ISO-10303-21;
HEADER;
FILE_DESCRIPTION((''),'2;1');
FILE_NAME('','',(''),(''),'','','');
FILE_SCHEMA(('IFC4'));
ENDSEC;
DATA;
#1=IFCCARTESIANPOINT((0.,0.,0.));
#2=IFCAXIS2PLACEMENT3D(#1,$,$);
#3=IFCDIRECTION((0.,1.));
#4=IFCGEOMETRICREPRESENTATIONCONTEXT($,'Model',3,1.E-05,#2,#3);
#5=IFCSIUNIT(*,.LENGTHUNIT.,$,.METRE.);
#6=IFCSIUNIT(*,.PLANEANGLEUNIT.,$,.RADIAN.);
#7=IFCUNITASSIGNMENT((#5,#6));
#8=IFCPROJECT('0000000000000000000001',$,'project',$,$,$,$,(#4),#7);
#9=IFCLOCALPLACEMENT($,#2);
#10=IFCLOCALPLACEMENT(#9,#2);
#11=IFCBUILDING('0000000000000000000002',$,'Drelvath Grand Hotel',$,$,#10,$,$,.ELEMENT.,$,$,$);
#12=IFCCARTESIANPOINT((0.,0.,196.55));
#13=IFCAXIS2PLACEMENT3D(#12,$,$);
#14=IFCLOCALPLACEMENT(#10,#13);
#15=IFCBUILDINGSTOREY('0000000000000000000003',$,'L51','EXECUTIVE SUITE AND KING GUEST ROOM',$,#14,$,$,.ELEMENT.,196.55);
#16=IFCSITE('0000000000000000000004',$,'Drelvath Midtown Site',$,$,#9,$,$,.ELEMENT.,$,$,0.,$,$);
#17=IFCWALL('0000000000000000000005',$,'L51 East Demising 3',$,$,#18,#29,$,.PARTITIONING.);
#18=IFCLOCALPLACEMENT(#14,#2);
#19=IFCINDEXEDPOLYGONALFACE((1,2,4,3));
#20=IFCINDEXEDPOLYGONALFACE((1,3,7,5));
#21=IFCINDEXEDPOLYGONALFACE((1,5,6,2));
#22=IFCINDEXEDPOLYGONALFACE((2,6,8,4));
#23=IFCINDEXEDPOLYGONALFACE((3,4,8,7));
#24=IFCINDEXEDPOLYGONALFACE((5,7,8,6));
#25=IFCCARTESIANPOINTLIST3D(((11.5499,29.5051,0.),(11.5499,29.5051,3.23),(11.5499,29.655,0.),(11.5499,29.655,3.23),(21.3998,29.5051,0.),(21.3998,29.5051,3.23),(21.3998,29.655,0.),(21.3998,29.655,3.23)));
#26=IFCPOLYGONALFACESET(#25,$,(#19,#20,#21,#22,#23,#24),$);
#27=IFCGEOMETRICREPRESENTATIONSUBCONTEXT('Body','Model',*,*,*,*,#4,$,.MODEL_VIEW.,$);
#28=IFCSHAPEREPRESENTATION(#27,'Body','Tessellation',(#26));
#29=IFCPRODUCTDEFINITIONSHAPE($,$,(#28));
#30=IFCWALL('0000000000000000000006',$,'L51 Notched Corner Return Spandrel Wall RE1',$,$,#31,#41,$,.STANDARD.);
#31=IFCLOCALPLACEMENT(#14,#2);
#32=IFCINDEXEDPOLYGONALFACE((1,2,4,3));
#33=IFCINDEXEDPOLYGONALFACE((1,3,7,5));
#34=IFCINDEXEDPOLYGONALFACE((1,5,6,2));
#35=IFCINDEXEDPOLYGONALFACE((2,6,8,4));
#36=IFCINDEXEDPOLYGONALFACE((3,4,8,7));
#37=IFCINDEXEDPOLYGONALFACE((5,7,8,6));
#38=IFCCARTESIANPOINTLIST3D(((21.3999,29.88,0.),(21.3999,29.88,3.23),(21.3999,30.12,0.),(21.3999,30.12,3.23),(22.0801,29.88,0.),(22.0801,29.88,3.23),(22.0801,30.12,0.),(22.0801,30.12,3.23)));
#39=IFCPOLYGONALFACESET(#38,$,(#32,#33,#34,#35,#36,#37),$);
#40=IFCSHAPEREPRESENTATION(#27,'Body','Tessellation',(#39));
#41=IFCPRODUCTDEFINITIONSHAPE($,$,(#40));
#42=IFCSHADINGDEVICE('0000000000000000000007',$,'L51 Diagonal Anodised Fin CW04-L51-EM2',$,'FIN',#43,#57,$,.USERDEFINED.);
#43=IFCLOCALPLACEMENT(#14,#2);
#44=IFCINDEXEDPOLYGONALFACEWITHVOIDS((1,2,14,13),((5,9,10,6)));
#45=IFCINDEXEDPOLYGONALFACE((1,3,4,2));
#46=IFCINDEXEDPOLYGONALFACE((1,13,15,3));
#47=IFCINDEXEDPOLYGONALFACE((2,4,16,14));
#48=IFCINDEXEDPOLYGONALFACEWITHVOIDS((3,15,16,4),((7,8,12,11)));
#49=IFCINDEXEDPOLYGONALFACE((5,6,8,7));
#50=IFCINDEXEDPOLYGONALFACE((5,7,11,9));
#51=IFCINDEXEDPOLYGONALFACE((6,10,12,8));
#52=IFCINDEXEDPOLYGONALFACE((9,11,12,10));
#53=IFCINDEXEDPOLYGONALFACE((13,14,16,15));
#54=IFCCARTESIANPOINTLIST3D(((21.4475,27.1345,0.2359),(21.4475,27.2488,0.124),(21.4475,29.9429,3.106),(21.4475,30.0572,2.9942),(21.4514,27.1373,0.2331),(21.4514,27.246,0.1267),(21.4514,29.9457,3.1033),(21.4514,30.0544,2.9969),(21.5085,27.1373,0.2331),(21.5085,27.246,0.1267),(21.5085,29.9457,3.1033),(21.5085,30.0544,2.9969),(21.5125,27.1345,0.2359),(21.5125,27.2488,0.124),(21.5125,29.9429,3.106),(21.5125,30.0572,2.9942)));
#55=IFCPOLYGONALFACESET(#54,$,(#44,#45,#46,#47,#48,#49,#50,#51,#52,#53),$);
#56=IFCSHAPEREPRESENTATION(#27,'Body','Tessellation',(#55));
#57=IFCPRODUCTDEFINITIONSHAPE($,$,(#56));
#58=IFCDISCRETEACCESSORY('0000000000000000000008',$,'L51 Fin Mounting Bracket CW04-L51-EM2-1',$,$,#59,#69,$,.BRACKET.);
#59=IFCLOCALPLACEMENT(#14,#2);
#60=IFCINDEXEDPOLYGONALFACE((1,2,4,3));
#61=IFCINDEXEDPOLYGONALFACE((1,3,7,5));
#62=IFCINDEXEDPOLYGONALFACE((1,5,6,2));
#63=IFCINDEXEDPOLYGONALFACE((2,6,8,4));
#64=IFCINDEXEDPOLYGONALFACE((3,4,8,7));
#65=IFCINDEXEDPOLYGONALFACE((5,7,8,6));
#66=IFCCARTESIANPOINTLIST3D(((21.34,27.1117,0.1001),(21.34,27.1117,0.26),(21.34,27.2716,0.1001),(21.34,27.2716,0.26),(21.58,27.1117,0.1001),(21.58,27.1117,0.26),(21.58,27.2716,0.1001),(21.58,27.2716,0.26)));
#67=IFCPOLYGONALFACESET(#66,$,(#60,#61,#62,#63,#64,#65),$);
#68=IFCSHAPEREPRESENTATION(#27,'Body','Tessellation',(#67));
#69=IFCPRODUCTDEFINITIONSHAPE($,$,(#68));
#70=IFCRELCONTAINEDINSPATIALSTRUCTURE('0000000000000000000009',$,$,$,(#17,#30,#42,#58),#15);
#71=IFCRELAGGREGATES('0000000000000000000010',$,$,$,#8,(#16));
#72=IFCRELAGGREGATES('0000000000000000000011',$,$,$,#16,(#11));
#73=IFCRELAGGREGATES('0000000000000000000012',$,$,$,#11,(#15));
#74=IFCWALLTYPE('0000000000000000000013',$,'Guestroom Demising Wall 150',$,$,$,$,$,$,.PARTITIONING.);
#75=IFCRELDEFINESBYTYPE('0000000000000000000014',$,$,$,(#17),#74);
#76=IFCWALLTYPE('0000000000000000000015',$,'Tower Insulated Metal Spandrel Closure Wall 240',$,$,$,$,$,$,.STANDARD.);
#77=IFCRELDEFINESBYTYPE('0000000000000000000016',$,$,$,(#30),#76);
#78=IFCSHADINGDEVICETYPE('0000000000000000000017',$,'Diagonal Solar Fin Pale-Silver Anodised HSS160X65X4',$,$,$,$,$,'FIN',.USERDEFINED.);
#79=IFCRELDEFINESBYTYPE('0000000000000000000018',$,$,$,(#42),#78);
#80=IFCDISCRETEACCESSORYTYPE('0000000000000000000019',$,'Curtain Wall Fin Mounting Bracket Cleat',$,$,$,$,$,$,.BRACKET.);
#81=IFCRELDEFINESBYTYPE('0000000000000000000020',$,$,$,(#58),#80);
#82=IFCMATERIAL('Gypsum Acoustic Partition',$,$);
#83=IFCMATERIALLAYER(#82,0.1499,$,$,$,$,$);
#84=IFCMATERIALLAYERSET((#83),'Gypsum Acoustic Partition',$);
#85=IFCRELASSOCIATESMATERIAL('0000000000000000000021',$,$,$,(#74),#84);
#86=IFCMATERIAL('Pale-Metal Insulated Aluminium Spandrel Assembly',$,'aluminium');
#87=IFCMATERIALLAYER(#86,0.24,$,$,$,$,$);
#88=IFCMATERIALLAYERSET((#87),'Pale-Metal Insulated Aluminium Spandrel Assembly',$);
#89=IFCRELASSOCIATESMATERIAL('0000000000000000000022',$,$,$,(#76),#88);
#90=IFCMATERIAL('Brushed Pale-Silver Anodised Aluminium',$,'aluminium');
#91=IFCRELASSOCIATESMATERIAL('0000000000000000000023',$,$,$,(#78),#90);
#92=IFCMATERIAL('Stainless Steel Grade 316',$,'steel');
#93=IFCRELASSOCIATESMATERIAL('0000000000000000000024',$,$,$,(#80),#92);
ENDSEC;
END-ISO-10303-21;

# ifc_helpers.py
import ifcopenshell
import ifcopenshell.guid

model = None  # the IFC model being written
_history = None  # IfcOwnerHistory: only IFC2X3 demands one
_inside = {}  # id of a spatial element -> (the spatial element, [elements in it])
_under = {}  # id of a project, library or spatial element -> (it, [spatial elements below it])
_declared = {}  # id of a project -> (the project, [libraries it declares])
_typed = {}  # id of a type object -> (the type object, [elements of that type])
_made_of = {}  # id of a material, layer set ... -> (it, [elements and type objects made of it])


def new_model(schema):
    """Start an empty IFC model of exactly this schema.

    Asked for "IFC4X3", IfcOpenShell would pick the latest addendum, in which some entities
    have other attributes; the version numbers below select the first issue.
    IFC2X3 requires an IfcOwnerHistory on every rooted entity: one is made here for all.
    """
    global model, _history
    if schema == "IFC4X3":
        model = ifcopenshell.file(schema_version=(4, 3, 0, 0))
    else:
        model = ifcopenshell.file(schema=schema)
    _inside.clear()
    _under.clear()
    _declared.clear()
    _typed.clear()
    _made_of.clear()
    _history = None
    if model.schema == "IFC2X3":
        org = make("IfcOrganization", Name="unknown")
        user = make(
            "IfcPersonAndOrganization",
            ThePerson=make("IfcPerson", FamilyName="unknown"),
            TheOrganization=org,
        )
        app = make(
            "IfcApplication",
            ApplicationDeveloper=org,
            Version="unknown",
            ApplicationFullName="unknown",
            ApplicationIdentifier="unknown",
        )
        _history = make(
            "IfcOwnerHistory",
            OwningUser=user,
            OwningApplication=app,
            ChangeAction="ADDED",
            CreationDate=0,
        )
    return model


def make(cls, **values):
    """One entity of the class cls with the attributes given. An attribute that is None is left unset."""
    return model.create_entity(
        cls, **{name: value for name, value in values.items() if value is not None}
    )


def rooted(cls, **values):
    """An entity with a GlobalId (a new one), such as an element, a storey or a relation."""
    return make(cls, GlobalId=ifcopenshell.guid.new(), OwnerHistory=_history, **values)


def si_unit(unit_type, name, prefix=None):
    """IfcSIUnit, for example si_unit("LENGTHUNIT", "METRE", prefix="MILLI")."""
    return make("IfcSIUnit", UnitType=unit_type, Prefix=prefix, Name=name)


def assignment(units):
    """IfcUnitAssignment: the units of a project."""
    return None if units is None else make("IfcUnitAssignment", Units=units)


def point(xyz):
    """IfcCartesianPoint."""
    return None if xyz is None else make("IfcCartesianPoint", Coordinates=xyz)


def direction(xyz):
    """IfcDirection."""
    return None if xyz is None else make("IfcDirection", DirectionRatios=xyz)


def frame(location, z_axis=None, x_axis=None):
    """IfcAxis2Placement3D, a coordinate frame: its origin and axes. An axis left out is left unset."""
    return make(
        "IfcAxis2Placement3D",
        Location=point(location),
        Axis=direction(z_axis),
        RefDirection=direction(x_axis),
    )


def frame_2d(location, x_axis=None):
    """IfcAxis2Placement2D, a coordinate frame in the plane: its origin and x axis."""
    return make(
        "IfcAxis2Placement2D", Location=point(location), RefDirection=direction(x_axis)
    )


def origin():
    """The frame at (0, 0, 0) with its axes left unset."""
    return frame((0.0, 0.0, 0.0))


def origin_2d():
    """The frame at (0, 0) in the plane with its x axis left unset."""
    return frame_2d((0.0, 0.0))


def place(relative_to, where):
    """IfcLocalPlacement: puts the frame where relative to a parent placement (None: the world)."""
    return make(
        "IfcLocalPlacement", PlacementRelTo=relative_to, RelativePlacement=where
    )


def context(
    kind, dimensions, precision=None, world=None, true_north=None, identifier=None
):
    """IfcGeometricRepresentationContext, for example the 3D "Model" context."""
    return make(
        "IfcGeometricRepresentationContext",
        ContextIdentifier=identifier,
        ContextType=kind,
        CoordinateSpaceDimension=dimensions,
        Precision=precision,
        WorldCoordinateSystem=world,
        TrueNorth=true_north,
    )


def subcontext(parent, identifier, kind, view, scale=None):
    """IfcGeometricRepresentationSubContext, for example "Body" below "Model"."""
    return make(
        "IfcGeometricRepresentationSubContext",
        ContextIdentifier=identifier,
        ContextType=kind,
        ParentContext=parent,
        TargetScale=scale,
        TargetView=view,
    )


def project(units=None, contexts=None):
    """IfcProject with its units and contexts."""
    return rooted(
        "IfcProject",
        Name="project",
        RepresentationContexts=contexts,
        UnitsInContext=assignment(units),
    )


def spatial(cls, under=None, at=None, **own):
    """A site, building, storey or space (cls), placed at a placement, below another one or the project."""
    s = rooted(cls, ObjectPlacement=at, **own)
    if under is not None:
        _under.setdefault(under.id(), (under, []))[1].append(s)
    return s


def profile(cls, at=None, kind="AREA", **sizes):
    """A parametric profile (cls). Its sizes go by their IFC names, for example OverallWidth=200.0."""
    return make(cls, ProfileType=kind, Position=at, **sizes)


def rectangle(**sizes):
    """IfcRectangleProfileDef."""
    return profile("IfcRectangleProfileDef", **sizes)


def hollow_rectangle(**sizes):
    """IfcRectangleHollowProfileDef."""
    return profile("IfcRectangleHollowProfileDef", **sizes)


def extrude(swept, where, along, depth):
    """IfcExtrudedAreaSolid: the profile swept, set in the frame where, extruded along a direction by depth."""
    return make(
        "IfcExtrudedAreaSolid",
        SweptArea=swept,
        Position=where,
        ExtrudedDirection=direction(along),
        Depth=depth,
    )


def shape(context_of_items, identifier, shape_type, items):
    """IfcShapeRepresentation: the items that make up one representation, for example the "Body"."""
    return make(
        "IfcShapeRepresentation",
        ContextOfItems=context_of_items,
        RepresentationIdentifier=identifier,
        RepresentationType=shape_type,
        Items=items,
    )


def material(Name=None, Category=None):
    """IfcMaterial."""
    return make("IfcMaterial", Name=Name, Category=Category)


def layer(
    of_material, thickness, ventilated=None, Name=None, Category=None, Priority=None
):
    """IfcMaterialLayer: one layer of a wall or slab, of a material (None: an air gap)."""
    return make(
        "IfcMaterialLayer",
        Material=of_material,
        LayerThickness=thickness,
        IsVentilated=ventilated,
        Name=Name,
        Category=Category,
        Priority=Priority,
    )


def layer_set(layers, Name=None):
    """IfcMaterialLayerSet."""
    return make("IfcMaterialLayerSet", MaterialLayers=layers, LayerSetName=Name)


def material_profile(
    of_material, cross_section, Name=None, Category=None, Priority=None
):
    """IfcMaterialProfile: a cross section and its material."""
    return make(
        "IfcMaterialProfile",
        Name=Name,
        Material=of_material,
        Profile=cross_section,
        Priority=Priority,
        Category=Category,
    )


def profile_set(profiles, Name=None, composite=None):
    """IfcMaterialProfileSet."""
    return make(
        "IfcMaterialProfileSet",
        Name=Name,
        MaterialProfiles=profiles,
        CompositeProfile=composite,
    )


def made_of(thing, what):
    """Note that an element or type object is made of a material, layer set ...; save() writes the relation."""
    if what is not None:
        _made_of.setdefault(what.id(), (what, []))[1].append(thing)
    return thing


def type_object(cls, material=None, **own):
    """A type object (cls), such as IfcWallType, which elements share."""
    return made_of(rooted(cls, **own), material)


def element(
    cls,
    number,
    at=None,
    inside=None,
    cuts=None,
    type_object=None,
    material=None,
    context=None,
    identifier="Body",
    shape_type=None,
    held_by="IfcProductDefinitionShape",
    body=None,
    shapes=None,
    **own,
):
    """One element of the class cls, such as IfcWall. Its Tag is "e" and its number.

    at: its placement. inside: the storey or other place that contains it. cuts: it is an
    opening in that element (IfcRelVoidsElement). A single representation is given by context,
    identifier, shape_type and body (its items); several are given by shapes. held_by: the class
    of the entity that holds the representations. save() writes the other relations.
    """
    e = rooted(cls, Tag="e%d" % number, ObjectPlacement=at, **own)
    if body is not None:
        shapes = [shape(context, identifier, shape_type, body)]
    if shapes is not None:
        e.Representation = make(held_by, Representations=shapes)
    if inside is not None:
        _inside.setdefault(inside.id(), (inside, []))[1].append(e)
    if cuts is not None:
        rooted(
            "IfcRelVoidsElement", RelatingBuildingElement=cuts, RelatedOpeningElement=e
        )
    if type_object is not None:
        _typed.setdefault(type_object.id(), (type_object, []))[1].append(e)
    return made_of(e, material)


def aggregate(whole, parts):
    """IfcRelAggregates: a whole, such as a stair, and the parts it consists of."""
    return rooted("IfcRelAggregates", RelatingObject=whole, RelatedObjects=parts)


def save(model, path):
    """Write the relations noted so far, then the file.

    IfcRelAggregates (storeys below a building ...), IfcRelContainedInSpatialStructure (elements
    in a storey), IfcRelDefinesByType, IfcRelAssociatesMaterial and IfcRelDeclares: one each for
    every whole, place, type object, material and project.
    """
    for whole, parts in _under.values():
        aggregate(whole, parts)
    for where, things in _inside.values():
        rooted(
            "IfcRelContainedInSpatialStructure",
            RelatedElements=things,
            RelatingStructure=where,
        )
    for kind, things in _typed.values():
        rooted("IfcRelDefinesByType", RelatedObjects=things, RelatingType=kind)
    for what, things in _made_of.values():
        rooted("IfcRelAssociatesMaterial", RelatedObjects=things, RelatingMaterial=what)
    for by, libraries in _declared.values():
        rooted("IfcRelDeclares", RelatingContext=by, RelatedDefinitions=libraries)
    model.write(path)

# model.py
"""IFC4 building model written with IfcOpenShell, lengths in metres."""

from ifc_helpers import new_model, si_unit, direction, frame, frame_2d, origin, origin_2d, place, context, subcontext, project, spatial, rectangle, hollow_rectangle, extrude, material, layer, layer_set, material_profile, profile_set, type_object, element, save


model = new_model("IFC4")

# Units and contexts
model_context = context("Model", 3, precision=1e-05, world=origin(), true_north=direction((0.0, 1.0)))
body_context = subcontext(model_context, "Body", "Model", "MODEL_VIEW")
ifc_project = project(units=[si_unit("LENGTHUNIT", "METRE"), si_unit("PLANEANGLEUNIT", "RADIAN")], contexts=[model_context])

# Site, building, storey
site_placement = place(None, origin())
site = spatial("IfcSite", under=ifc_project, at=site_placement, Name="Drelvath Midtown Site", CompositionType="ELEMENT", RefElevation=0.0)
building_placement = place(site_placement, origin())
building = spatial("IfcBuilding", under=site, at=building_placement, Name="Drelvath Grand Hotel", CompositionType="ELEMENT")
storey_placement = place(building_placement, frame((0.0, 0.0, 196.55)))
storey = spatial("IfcBuildingStorey", under=building, at=storey_placement, Name="L51", Description="EXECUTIVE SUITE AND KING GUEST ROOM", CompositionType="ELEMENT", Elevation=196.55)

# Walls
ifc_material_1 = material(Name="Gypsum Acoustic Partition")
ifc_layer_1 = layer(ifc_material_1, 0.1499)
ifc_layer_set_1 = layer_set([ifc_layer_1], Name="Gypsum Acoustic Partition")
wall_type_1 = type_object("IfcWallType", Name="Guestroom Demising Wall 150", PredefinedType="PARTITIONING", material=ifc_layer_set_1)
wall_1_placement = place(storey_placement, frame((11.55, 29.5801, 0.0), z_axis=(0.0, 0.0, 1.0), x_axis=(1.0, 0.0, 0.0)))
element("IfcWall", 1, at=wall_1_placement, inside=storey, type_object=wall_type_1, Name="L51 East Demising 3", PredefinedType="PARTITIONING", context=body_context, shape_type="SweptSolid", body=[
    extrude(rectangle(XDim=9.8499, YDim=0.1499, at=frame_2d((4.9248, 0.0))), origin(), (0.0, 0.0, 1.0), 3.23),
])
ifc_material_2 = material(Name="Pale-Metal Insulated Aluminium Spandrel Assembly", Category="aluminium")
ifc_layer_2 = layer(ifc_material_2, 0.24)
ifc_layer_set_2 = layer_set([ifc_layer_2], Name="Pale-Metal Insulated Aluminium Spandrel Assembly")
wall_type_2 = type_object("IfcWallType", Name="Tower Insulated Metal Spandrel Closure Wall 240", PredefinedType="STANDARD", material=ifc_layer_set_2)
wall_2_placement = place(storey_placement, frame((22.0801, 30.0, 0.0), z_axis=(0.0, 0.0, 1.0), x_axis=(-1.0, 0.0, 0.0)))
element("IfcWall", 2, at=wall_2_placement, inside=storey, type_object=wall_type_2, Name="L51 Notched Corner Return Spandrel Wall RE1", PredefinedType="STANDARD", context=body_context, shape_type="SweptSolid", body=[
    extrude(rectangle(XDim=0.6802, YDim=0.24, at=frame_2d((0.3401, 0.0))), origin(), (0.0, 0.0, 1.0), 3.23),
])

# Shading device
ifc_material_3 = material(Name="Brushed Pale-Silver Anodised Aluminium", Category="aluminium")
ifc_material_profile_1 = material_profile(ifc_material_3, hollow_rectangle(XDim=0.0649, YDim=0.1599, WallThickness=0.0039, at=origin_2d()), Name="HSS160X65X4")
ifc_profile_set_1 = profile_set([ifc_material_profile_1], Name="Brushed Pale-Silver Anodised Aluminium")
shading_device_type = type_object("IfcShadingDeviceType", Name="Diagonal Solar Fin Pale-Silver Anodised HSS160X65X4", ElementType="FIN", PredefinedType="USERDEFINED", material=ifc_profile_set_1)
shading_device_placement = place(storey_placement, frame((21.48, 27.1917, 0.1799), z_axis=(0.0, 0.699374, 0.714756), x_axis=(-1.0, 0.0, 0.0)))
element("IfcShadingDevice", 3, at=shading_device_placement, inside=storey, type_object=shading_device_type, Name="L51 Diagonal Anodised Fin CW04-L51-EM2", ObjectType="FIN", PredefinedType="USERDEFINED", context=body_context, shape_type="SweptSolid", body=[
    extrude(hollow_rectangle(XDim=0.0649, YDim=0.1599, WallThickness=0.0039, at=origin_2d()), origin(), (0.0, 0.0, 1.0), 4.0156),
])

# Discrete accessory
ifc_material_4 = material(Name="Stainless Steel Grade 316", Category="steel")
discrete_accessory_type = type_object("IfcDiscreteAccessoryType", Name="Curtain Wall Fin Mounting Bracket Cleat", PredefinedType="BRACKET", material=ifc_material_4)
discrete_accessory_placement = place(storey_placement, frame((21.46, 27.1917, 0.1001), z_axis=(0.0, 0.0, 1.0), x_axis=(0.0, -1.0, 0.0)))
element("IfcDiscreteAccessory", 4, at=discrete_accessory_placement, inside=storey, type_object=discrete_accessory_type, Name="L51 Fin Mounting Bracket CW04-L51-EM2-1", PredefinedType="BRACKET", context=body_context, shape_type="SweptSolid", body=[
    extrude(rectangle(XDim=0.1599, YDim=0.24, at=origin_2d()), origin(), (0.0, 0.0, 1.0), 0.1599),
])

save(model, "model.ifc")
